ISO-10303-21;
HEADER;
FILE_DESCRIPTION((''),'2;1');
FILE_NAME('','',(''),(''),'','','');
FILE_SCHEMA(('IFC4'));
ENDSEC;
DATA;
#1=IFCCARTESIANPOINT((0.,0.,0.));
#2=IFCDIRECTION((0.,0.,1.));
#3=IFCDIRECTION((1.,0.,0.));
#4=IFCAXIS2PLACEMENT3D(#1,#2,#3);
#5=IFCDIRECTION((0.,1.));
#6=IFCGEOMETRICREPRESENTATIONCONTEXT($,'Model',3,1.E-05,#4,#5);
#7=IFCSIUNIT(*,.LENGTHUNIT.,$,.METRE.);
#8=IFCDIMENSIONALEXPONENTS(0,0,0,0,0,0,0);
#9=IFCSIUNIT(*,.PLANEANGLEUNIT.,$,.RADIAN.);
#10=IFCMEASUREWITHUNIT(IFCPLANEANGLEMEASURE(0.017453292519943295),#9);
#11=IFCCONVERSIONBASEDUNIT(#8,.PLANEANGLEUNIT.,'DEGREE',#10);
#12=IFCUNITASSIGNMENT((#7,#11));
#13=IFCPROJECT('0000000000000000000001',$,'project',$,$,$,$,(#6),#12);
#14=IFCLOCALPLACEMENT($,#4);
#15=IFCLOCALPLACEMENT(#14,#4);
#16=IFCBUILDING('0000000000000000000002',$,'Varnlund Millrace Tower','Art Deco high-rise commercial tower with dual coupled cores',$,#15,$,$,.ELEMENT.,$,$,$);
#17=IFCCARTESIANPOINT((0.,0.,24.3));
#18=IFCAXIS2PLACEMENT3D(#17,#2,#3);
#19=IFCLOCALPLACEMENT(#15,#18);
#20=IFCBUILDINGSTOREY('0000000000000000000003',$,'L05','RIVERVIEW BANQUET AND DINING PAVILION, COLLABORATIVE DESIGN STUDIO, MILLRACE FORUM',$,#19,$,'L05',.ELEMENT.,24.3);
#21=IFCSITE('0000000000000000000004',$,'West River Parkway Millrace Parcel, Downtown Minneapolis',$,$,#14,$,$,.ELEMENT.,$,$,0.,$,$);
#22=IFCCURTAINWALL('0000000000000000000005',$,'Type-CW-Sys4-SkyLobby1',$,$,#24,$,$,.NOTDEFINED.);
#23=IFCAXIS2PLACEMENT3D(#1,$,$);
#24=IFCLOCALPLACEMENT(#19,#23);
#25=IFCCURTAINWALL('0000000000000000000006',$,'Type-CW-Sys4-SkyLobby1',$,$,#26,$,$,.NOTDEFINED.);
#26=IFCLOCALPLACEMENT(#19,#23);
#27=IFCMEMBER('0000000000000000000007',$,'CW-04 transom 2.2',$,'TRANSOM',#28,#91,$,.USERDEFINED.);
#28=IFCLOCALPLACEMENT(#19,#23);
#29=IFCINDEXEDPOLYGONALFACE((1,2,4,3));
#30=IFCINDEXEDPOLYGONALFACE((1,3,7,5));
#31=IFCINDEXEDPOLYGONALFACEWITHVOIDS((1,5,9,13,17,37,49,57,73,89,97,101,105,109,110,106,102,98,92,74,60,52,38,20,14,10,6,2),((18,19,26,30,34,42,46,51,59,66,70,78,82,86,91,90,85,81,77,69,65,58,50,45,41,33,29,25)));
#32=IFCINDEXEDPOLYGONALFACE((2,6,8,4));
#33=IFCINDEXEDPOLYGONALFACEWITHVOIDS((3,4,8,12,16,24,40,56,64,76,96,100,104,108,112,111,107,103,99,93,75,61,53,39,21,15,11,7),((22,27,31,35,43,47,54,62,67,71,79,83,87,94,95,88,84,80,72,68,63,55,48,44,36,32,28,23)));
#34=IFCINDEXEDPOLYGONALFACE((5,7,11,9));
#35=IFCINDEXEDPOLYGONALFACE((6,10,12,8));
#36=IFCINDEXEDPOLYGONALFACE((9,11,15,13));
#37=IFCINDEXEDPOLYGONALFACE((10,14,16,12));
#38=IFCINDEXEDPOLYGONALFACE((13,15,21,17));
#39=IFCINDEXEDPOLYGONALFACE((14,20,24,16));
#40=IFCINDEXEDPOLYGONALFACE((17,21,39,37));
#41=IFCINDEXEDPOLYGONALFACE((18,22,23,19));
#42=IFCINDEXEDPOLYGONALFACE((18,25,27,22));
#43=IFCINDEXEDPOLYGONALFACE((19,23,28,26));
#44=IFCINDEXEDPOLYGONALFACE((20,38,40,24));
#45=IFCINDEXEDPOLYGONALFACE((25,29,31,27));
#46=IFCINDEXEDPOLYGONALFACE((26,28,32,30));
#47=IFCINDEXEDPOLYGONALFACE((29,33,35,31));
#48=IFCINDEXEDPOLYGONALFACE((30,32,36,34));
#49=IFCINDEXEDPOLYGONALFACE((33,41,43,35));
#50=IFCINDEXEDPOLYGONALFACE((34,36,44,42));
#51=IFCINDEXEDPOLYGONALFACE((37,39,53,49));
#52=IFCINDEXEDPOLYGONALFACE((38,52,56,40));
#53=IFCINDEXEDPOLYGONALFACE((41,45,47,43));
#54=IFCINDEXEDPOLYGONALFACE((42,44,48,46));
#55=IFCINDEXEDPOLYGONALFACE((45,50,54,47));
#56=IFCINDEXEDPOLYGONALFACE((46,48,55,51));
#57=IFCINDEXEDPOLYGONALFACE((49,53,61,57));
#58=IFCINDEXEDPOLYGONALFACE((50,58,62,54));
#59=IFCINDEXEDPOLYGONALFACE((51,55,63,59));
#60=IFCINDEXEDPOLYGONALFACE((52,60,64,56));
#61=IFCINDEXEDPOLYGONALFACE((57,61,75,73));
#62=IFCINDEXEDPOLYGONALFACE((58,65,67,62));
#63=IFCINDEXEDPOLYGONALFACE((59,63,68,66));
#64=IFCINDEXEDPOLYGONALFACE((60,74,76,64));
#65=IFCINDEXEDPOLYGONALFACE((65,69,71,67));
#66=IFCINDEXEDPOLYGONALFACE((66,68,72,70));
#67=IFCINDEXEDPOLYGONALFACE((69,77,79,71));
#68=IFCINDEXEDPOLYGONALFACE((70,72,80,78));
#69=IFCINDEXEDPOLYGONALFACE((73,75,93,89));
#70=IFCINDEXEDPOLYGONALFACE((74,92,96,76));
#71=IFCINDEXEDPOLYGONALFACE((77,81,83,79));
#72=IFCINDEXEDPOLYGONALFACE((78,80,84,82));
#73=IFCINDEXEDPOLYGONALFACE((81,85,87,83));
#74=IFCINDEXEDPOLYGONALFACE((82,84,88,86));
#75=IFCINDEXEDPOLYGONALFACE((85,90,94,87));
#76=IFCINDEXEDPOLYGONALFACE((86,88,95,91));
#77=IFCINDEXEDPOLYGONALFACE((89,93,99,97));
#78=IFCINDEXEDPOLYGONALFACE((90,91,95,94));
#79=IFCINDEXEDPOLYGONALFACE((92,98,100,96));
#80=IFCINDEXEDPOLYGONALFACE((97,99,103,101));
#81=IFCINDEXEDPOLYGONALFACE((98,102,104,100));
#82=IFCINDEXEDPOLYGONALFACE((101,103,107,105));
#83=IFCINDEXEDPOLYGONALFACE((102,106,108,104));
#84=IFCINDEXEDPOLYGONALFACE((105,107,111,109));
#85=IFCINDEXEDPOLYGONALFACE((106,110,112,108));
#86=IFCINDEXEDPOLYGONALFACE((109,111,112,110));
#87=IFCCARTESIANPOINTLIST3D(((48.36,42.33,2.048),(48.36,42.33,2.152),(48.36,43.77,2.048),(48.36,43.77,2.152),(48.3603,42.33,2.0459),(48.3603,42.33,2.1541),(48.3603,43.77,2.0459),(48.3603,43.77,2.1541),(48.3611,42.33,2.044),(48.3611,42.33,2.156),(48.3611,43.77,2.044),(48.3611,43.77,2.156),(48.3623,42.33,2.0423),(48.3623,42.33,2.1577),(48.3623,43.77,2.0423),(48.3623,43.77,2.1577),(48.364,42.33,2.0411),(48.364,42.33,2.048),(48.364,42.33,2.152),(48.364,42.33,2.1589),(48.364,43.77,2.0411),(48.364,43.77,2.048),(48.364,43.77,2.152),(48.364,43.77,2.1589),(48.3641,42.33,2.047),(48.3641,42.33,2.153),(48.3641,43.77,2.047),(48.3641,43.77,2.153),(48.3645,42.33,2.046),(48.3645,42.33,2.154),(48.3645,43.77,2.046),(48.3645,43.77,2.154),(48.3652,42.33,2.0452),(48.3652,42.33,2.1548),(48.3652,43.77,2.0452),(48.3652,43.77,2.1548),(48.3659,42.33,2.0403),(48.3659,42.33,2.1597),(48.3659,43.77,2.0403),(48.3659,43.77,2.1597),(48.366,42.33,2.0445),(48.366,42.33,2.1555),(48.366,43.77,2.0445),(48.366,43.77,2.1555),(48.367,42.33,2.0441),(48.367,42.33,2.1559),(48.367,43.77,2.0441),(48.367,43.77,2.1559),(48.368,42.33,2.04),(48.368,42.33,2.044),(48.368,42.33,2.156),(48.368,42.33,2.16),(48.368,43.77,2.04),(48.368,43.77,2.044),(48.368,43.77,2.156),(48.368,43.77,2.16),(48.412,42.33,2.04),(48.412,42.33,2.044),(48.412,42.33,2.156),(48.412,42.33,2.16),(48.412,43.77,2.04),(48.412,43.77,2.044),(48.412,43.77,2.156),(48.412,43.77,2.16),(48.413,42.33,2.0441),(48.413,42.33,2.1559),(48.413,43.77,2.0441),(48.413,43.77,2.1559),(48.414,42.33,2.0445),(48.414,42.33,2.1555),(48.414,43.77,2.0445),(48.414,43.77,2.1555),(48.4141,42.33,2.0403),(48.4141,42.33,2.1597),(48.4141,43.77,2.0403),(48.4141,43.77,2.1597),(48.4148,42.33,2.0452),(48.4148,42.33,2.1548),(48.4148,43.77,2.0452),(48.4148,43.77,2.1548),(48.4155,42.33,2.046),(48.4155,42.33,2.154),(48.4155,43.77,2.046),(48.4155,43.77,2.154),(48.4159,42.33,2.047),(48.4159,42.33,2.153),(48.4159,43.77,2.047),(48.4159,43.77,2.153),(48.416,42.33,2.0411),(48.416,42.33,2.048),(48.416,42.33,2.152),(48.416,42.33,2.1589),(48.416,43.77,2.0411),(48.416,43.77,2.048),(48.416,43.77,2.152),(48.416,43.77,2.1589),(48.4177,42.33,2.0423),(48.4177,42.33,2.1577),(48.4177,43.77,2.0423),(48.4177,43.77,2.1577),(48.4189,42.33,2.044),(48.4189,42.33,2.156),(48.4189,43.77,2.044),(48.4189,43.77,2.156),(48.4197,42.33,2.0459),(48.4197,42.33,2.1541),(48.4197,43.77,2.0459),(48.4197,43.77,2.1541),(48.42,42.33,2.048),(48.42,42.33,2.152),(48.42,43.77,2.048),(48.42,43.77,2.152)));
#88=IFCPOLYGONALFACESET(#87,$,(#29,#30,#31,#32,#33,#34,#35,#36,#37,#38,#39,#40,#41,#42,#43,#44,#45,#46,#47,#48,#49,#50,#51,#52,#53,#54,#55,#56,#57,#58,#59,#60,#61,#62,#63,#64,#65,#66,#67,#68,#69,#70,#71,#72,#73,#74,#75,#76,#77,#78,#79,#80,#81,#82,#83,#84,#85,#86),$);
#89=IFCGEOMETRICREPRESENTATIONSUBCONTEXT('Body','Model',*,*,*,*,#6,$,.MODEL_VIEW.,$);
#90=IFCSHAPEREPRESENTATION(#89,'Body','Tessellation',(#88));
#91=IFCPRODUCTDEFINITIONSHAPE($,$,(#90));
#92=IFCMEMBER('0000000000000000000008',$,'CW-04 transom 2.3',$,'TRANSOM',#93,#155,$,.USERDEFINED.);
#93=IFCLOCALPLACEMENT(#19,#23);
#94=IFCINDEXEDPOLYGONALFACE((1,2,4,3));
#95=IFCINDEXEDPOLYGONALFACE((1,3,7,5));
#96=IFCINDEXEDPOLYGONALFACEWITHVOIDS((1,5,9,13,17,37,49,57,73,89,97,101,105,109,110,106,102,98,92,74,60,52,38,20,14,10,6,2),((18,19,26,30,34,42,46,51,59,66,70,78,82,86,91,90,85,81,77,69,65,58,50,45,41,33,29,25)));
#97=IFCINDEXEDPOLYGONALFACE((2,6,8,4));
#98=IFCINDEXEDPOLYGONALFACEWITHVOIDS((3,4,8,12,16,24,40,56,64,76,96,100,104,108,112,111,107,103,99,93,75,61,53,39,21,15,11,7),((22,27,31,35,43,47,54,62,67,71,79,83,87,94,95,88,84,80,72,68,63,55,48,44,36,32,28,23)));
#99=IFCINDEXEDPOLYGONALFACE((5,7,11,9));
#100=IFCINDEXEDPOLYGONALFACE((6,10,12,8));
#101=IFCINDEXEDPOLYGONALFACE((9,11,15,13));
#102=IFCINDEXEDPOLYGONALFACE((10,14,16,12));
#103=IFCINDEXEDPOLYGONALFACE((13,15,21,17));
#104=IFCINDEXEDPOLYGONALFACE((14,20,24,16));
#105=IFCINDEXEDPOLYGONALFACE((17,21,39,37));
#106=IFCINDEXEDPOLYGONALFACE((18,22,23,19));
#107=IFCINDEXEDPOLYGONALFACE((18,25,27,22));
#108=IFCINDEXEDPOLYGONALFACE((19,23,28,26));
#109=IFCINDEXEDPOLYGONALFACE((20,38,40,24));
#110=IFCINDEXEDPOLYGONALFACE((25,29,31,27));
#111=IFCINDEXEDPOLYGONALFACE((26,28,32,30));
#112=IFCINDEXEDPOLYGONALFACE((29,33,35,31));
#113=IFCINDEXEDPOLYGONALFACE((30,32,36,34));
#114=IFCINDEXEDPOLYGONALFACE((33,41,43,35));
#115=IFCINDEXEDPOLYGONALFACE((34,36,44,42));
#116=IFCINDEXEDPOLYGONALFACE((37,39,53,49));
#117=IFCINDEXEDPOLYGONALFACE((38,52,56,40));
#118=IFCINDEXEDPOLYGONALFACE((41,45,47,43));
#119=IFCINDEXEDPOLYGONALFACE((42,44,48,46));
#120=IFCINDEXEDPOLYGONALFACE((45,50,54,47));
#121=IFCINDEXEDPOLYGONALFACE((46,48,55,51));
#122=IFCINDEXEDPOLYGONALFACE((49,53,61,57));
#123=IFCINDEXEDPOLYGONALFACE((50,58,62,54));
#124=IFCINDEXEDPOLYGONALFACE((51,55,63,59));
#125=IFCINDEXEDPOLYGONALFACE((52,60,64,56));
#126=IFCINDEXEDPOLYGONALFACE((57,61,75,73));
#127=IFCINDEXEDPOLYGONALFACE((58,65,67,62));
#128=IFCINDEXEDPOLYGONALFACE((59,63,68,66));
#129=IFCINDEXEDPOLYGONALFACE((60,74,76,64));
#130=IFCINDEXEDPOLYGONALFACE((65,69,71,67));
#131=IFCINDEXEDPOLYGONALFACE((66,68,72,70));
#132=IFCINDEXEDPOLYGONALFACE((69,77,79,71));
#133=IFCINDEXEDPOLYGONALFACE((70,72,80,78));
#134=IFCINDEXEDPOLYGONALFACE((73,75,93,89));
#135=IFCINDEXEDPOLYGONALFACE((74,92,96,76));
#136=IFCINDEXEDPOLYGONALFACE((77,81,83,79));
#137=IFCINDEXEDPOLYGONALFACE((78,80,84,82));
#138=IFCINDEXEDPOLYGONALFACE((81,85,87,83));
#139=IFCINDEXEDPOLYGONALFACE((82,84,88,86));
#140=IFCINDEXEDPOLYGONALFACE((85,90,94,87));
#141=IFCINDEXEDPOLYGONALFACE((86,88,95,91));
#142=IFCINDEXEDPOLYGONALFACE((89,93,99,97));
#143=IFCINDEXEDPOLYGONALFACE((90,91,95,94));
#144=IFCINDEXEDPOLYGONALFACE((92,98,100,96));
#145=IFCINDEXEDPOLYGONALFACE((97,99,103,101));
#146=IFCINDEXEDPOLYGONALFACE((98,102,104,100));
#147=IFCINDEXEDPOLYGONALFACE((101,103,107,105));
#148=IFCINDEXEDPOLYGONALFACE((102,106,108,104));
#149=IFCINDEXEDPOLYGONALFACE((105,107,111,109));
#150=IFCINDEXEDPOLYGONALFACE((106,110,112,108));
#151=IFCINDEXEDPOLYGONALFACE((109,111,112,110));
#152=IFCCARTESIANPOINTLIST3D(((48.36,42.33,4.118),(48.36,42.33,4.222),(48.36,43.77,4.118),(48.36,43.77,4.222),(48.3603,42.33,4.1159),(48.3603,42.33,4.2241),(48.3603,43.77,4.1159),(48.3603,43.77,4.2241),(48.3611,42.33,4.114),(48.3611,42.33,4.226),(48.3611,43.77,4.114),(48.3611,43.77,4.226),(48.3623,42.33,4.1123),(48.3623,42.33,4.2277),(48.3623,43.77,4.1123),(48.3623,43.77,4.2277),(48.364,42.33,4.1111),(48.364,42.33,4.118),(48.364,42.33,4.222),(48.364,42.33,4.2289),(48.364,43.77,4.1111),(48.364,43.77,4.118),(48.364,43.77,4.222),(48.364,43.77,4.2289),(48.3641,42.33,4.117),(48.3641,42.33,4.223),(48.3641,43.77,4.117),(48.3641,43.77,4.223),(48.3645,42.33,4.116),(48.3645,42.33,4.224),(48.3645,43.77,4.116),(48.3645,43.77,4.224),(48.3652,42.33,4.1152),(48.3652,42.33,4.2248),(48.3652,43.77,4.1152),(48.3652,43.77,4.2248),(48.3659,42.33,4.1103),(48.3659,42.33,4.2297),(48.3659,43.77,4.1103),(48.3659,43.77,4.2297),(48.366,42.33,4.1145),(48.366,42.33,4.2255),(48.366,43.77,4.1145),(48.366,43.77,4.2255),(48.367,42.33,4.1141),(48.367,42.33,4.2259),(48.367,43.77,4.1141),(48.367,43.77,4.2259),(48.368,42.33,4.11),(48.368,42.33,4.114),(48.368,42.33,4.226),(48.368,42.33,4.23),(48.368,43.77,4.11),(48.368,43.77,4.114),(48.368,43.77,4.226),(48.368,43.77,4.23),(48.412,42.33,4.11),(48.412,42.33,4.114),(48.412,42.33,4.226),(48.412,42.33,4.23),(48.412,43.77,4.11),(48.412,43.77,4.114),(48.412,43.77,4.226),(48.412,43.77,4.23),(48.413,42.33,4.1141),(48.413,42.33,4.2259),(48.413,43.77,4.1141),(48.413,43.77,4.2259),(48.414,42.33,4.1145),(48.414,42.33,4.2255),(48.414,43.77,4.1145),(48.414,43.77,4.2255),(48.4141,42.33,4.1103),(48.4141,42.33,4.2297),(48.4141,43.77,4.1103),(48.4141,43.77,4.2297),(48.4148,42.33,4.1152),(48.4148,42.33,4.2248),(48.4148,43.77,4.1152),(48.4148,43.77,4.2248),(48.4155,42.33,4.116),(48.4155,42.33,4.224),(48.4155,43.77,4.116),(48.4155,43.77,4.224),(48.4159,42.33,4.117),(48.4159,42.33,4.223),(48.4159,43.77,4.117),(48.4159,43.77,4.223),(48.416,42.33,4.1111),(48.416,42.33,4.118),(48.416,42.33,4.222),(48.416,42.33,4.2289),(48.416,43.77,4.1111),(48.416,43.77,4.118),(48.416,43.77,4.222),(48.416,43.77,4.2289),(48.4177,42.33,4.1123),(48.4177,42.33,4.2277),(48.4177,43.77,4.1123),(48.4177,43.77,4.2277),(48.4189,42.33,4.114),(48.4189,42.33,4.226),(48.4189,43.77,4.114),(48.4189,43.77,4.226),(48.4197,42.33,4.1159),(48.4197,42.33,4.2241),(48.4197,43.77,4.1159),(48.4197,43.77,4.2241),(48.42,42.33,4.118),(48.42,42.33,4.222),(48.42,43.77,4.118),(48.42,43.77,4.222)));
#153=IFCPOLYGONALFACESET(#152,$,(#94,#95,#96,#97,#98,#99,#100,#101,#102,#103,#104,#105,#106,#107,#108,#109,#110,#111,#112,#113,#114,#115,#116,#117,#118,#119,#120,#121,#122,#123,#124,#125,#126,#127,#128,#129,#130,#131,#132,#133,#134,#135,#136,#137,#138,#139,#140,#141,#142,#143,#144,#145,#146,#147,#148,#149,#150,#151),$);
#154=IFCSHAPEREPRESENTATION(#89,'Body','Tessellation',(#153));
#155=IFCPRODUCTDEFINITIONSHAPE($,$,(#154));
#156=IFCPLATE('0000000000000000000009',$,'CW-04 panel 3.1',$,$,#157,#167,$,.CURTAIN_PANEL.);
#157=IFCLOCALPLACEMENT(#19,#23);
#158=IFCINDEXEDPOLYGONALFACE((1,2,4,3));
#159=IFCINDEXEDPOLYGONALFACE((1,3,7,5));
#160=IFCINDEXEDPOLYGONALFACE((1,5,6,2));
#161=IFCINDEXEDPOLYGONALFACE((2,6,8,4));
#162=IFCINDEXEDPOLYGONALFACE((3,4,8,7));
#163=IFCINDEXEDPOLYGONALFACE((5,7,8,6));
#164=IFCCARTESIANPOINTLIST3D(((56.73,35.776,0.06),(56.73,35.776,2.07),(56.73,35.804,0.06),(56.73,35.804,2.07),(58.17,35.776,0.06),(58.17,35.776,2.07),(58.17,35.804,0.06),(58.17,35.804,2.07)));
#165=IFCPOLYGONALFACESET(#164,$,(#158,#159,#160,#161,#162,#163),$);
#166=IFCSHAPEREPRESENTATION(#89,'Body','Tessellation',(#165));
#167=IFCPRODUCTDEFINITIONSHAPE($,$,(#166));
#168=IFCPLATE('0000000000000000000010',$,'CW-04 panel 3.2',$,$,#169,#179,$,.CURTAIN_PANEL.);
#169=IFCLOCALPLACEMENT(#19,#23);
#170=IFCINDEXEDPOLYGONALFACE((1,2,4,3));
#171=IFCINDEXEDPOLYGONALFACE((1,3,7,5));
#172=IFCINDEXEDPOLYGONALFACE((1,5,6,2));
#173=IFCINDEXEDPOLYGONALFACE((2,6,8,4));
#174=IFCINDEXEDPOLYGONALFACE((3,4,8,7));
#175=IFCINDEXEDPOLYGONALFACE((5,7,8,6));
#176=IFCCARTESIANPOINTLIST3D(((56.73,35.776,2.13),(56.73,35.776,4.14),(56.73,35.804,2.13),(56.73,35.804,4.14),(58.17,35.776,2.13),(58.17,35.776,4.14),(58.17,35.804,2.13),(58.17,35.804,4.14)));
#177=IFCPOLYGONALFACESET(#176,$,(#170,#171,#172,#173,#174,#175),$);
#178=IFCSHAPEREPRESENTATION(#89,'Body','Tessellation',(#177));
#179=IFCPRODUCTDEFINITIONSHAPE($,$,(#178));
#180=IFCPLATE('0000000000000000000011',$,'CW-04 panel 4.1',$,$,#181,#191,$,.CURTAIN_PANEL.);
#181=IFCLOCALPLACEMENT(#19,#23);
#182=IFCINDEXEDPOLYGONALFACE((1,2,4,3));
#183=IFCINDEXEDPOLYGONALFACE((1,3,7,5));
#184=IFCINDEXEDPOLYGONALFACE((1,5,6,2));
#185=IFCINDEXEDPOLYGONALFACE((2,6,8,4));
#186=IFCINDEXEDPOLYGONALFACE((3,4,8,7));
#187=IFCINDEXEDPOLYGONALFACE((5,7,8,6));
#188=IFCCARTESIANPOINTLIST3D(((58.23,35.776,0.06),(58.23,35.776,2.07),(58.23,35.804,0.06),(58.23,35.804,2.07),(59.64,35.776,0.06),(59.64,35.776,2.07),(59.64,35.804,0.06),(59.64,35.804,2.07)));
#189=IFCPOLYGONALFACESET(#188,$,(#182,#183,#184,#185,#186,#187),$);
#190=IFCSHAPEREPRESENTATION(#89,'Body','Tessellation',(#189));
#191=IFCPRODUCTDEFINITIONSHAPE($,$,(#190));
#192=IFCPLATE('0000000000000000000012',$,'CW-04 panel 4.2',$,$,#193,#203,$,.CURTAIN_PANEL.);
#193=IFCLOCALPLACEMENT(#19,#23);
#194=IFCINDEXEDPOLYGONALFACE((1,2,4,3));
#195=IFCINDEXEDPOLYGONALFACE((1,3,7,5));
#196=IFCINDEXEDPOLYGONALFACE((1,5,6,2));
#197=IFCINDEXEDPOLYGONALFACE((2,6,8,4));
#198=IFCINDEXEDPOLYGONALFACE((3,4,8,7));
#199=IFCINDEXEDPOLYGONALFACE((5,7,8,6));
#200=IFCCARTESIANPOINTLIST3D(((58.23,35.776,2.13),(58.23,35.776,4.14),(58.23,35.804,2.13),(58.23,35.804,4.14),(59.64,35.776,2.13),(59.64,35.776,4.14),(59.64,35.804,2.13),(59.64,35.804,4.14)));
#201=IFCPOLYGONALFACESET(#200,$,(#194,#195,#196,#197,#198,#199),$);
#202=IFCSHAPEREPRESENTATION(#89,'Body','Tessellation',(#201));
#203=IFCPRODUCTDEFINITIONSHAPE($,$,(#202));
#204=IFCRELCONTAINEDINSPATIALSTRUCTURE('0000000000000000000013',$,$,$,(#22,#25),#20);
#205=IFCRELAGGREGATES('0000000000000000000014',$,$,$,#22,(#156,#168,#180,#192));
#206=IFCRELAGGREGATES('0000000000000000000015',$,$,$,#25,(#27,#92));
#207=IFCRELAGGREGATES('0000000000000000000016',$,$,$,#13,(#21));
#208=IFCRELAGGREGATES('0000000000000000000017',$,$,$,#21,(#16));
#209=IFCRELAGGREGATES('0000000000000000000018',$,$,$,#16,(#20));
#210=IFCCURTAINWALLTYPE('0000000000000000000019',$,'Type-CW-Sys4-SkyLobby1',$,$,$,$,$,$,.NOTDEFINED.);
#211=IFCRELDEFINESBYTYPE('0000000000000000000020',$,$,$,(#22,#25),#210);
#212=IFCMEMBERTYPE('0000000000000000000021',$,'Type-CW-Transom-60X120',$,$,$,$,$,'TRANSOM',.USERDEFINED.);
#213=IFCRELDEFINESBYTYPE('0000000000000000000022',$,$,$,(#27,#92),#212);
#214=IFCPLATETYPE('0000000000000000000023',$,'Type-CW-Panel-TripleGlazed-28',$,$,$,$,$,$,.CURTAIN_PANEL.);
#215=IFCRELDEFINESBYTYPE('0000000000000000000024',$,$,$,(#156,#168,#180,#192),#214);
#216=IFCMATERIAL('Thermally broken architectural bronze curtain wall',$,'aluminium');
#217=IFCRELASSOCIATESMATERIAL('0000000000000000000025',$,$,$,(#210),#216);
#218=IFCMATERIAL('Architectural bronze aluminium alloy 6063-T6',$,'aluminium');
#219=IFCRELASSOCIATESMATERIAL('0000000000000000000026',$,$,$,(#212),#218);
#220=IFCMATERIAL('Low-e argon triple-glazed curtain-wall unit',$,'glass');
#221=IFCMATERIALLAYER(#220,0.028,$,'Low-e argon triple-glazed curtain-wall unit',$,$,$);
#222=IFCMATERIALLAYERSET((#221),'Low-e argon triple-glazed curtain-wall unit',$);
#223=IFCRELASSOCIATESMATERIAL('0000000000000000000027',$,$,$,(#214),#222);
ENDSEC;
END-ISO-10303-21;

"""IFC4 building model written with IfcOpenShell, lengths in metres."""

from ifc_helpers import new_model, entity, si_unit, converted_unit, direction, frame, origin_with_axes, origin_2d_with_axis, place, context, subcontext, project, spatial, rectangle, hollow_rectangle, extrude, material, layer, layer_set, material_profile, profile_set, type_object, element, aggregate, save


model = new_model("IFC4")

# Units and contexts
model_context = context("Model", 3, precision=1e-05, world=origin_with_axes(), true_north=direction((0.0, 1.0)))
body_context = subcontext(model_context, "Body", "Model", "MODEL_VIEW")
ifc_project = project(units=[si_unit("LENGTHUNIT", "METRE"), converted_unit("PLANEANGLEUNIT", "DEGREE", entity("IfcPlaneAngleMeasure", 0.017453292519943295), si_unit("PLANEANGLEUNIT", "RADIAN"), dimensions=[0, 0, 0, 0, 0, 0, 0])], contexts=[model_context])

# Site, building, storey
site_placement = place(None, origin_with_axes())
site = spatial("IfcSite", under=ifc_project, at=site_placement, Name="West River Parkway Millrace Parcel, Downtown Minneapolis", CompositionType="ELEMENT", RefElevation=0.0)
building_placement = place(site_placement, origin_with_axes())
building = spatial("IfcBuilding", under=site, at=building_placement, Name="Varnlund Millrace Tower", Description="Art Deco high-rise commercial tower with dual coupled cores", CompositionType="ELEMENT")
storey_placement = place(building_placement, frame((0.0, 0.0, 24.3), z_axis=(0.0, 0.0, 1.0), x_axis=(1.0, 0.0, 0.0)))
storey = spatial("IfcBuildingStorey", under=building, at=storey_placement, Name="L05", Description="RIVERVIEW BANQUET AND DINING PAVILION, COLLABORATIVE DESIGN STUDIO, MILLRACE FORUM", LongName="L05", CompositionType="ELEMENT", Elevation=24.3)

# Curtain walls
ifc_material_1 = material(Name="Thermally broken architectural bronze curtain wall", Category="aluminium")
curtain_wall_type = type_object("IfcCurtainWallType", Name="Type-CW-Sys4-SkyLobby1", PredefinedType="NOTDEFINED", material=ifc_material_1)
curtain_wall_1_placement = place(storey_placement, frame((53.7, 35.79, 0.0), z_axis=(0.0, 0.0, 1.0), x_axis=(1.0, 0.0, 0.0)))
curtain_wall_1 = element("IfcCurtainWall", 1, at=curtain_wall_1_placement, inside=storey, type_object=curtain_wall_type, Name="Type-CW-Sys4-SkyLobby1", PredefinedType="NOTDEFINED")
ifc_material_2 = material(Name="Architectural bronze aluminium alloy 6063-T6", Category="aluminium")
curtain_wall_2_placement = place(storey_placement, frame((48.39, 45.3, 0.0), z_axis=(0.0, 0.0, 1.0), x_axis=(1.0, 0.0, 0.0)))
curtain_wall_2 = element("IfcCurtainWall", 2, at=curtain_wall_2_placement, inside=storey, type_object=curtain_wall_type, Name="Type-CW-Sys4-SkyLobby1", PredefinedType="NOTDEFINED")

# Members
ifc_material_profile_1 = material_profile(ifc_material_2, hollow_rectangle(XDim=0.06, YDim=0.12, WallThickness=0.004, InnerFilletRadius=0.004, OuterFilletRadius=0.008, at=origin_2d_with_axis()), Name="Architectural bronze aluminium alloy 6063-T6")
ifc_profile_set_1 = profile_set([ifc_material_profile_1], Name="Architectural bronze aluminium alloy 6063-T6")
member_type_1 = type_object("IfcMemberType", Name="Type-CW-Transom-60X120", ElementType="TRANSOM", PredefinedType="USERDEFINED", material=ifc_profile_set_1)
member_1_placement = place(storey_placement, frame((48.39, 43.77, 2.1), z_axis=(0.0, -1.0, 0.0), x_axis=(1.0, 0.0, 0.0)))
member_1 = element("IfcMember", 3, at=member_1_placement, type_object=member_type_1, Name="CW-04 transom 2.2", ObjectType="TRANSOM", PredefinedType="USERDEFINED", context=body_context, shape_type="SweptSolid", body=[
    extrude(hollow_rectangle(XDim=0.06, YDim=0.12, WallThickness=0.004, InnerFilletRadius=0.004, OuterFilletRadius=0.008, at=origin_2d_with_axis()), origin_with_axes(), (0.0, 0.0, 1.0), 1.44),
])
member_2_placement = place(storey_placement, frame((48.39, 43.77, 4.17), z_axis=(0.0, -1.0, 0.0), x_axis=(1.0, 0.0, 0.0)))
member_2 = element("IfcMember", 4, at=member_2_placement, type_object=member_type_1, Name="CW-04 transom 2.3", ObjectType="TRANSOM", PredefinedType="USERDEFINED", context=body_context, shape_type="SweptSolid", body=[
    extrude(hollow_rectangle(XDim=0.06, YDim=0.12, WallThickness=0.004, InnerFilletRadius=0.004, OuterFilletRadius=0.008, at=origin_2d_with_axis()), origin_with_axes(), (0.0, 0.0, 1.0), 1.44),
])

# Plates
ifc_material_3 = material(Name="Low-e argon triple-glazed curtain-wall unit", Category="glass")
ifc_layer_1 = layer(ifc_material_3, 0.028, Name="Low-e argon triple-glazed curtain-wall unit")
ifc_layer_set_1 = layer_set([ifc_layer_1], Name="Low-e argon triple-glazed curtain-wall unit")
plate_type = type_object("IfcPlateType", Name="Type-CW-Panel-TripleGlazed-28", PredefinedType="CURTAIN_PANEL", material=ifc_layer_set_1)
plate_1_placement = place(storey_placement, frame((57.45, 35.79, 0.06), z_axis=(0.0, 0.0, 1.0), x_axis=(1.0, 0.0, 0.0)))
plate_1 = element("IfcPlate", 5, at=plate_1_placement, type_object=plate_type, Name="CW-04 panel 3.1", PredefinedType="CURTAIN_PANEL", context=body_context, shape_type="SweptSolid", body=[
    extrude(rectangle(XDim=1.44, YDim=0.028, at=origin_2d_with_axis()), origin_with_axes(), (0.0, 0.0, 1.0), 2.01),
])
plate_2_placement = place(storey_placement, frame((57.45, 35.79, 2.13), z_axis=(0.0, 0.0, 1.0), x_axis=(1.0, 0.0, 0.0)))
plate_2 = element("IfcPlate", 6, at=plate_2_placement, type_object=plate_type, Name="CW-04 panel 3.2", PredefinedType="CURTAIN_PANEL", context=body_context, shape_type="SweptSolid", body=[
    extrude(rectangle(XDim=1.44, YDim=0.028, at=origin_2d_with_axis()), origin_with_axes(), (0.0, 0.0, 1.0), 2.01),
])
plate_3_placement = place(storey_placement, frame((58.935, 35.79, 0.06), z_axis=(0.0, 0.0, 1.0), x_axis=(1.0, 0.0, 0.0)))
plate_3 = element("IfcPlate", 7, at=plate_3_placement, type_object=plate_type, Name="CW-04 panel 4.1", PredefinedType="CURTAIN_PANEL", context=body_context, shape_type="SweptSolid", body=[
    extrude(rectangle(XDim=1.41, YDim=0.028, at=origin_2d_with_axis()), origin_with_axes(), (0.0, 0.0, 1.0), 2.01),
])
plate_4_placement = place(storey_placement, frame((58.935, 35.79, 2.13), z_axis=(0.0, 0.0, 1.0), x_axis=(1.0, 0.0, 0.0)))
plate_4 = element("IfcPlate", 8, at=plate_4_placement, type_object=plate_type, Name="CW-04 panel 4.2", PredefinedType="CURTAIN_PANEL", context=body_context, shape_type="SweptSolid", body=[
    extrude(rectangle(XDim=1.41, YDim=0.028, at=origin_2d_with_axis()), origin_with_axes(), (0.0, 0.0, 1.0), 2.01),
])
aggregate(curtain_wall_1, [plate_1, plate_2, plate_3, plate_4])
aggregate(curtain_wall_2, [member_1, member_2])

save(model, "model.ifc")
